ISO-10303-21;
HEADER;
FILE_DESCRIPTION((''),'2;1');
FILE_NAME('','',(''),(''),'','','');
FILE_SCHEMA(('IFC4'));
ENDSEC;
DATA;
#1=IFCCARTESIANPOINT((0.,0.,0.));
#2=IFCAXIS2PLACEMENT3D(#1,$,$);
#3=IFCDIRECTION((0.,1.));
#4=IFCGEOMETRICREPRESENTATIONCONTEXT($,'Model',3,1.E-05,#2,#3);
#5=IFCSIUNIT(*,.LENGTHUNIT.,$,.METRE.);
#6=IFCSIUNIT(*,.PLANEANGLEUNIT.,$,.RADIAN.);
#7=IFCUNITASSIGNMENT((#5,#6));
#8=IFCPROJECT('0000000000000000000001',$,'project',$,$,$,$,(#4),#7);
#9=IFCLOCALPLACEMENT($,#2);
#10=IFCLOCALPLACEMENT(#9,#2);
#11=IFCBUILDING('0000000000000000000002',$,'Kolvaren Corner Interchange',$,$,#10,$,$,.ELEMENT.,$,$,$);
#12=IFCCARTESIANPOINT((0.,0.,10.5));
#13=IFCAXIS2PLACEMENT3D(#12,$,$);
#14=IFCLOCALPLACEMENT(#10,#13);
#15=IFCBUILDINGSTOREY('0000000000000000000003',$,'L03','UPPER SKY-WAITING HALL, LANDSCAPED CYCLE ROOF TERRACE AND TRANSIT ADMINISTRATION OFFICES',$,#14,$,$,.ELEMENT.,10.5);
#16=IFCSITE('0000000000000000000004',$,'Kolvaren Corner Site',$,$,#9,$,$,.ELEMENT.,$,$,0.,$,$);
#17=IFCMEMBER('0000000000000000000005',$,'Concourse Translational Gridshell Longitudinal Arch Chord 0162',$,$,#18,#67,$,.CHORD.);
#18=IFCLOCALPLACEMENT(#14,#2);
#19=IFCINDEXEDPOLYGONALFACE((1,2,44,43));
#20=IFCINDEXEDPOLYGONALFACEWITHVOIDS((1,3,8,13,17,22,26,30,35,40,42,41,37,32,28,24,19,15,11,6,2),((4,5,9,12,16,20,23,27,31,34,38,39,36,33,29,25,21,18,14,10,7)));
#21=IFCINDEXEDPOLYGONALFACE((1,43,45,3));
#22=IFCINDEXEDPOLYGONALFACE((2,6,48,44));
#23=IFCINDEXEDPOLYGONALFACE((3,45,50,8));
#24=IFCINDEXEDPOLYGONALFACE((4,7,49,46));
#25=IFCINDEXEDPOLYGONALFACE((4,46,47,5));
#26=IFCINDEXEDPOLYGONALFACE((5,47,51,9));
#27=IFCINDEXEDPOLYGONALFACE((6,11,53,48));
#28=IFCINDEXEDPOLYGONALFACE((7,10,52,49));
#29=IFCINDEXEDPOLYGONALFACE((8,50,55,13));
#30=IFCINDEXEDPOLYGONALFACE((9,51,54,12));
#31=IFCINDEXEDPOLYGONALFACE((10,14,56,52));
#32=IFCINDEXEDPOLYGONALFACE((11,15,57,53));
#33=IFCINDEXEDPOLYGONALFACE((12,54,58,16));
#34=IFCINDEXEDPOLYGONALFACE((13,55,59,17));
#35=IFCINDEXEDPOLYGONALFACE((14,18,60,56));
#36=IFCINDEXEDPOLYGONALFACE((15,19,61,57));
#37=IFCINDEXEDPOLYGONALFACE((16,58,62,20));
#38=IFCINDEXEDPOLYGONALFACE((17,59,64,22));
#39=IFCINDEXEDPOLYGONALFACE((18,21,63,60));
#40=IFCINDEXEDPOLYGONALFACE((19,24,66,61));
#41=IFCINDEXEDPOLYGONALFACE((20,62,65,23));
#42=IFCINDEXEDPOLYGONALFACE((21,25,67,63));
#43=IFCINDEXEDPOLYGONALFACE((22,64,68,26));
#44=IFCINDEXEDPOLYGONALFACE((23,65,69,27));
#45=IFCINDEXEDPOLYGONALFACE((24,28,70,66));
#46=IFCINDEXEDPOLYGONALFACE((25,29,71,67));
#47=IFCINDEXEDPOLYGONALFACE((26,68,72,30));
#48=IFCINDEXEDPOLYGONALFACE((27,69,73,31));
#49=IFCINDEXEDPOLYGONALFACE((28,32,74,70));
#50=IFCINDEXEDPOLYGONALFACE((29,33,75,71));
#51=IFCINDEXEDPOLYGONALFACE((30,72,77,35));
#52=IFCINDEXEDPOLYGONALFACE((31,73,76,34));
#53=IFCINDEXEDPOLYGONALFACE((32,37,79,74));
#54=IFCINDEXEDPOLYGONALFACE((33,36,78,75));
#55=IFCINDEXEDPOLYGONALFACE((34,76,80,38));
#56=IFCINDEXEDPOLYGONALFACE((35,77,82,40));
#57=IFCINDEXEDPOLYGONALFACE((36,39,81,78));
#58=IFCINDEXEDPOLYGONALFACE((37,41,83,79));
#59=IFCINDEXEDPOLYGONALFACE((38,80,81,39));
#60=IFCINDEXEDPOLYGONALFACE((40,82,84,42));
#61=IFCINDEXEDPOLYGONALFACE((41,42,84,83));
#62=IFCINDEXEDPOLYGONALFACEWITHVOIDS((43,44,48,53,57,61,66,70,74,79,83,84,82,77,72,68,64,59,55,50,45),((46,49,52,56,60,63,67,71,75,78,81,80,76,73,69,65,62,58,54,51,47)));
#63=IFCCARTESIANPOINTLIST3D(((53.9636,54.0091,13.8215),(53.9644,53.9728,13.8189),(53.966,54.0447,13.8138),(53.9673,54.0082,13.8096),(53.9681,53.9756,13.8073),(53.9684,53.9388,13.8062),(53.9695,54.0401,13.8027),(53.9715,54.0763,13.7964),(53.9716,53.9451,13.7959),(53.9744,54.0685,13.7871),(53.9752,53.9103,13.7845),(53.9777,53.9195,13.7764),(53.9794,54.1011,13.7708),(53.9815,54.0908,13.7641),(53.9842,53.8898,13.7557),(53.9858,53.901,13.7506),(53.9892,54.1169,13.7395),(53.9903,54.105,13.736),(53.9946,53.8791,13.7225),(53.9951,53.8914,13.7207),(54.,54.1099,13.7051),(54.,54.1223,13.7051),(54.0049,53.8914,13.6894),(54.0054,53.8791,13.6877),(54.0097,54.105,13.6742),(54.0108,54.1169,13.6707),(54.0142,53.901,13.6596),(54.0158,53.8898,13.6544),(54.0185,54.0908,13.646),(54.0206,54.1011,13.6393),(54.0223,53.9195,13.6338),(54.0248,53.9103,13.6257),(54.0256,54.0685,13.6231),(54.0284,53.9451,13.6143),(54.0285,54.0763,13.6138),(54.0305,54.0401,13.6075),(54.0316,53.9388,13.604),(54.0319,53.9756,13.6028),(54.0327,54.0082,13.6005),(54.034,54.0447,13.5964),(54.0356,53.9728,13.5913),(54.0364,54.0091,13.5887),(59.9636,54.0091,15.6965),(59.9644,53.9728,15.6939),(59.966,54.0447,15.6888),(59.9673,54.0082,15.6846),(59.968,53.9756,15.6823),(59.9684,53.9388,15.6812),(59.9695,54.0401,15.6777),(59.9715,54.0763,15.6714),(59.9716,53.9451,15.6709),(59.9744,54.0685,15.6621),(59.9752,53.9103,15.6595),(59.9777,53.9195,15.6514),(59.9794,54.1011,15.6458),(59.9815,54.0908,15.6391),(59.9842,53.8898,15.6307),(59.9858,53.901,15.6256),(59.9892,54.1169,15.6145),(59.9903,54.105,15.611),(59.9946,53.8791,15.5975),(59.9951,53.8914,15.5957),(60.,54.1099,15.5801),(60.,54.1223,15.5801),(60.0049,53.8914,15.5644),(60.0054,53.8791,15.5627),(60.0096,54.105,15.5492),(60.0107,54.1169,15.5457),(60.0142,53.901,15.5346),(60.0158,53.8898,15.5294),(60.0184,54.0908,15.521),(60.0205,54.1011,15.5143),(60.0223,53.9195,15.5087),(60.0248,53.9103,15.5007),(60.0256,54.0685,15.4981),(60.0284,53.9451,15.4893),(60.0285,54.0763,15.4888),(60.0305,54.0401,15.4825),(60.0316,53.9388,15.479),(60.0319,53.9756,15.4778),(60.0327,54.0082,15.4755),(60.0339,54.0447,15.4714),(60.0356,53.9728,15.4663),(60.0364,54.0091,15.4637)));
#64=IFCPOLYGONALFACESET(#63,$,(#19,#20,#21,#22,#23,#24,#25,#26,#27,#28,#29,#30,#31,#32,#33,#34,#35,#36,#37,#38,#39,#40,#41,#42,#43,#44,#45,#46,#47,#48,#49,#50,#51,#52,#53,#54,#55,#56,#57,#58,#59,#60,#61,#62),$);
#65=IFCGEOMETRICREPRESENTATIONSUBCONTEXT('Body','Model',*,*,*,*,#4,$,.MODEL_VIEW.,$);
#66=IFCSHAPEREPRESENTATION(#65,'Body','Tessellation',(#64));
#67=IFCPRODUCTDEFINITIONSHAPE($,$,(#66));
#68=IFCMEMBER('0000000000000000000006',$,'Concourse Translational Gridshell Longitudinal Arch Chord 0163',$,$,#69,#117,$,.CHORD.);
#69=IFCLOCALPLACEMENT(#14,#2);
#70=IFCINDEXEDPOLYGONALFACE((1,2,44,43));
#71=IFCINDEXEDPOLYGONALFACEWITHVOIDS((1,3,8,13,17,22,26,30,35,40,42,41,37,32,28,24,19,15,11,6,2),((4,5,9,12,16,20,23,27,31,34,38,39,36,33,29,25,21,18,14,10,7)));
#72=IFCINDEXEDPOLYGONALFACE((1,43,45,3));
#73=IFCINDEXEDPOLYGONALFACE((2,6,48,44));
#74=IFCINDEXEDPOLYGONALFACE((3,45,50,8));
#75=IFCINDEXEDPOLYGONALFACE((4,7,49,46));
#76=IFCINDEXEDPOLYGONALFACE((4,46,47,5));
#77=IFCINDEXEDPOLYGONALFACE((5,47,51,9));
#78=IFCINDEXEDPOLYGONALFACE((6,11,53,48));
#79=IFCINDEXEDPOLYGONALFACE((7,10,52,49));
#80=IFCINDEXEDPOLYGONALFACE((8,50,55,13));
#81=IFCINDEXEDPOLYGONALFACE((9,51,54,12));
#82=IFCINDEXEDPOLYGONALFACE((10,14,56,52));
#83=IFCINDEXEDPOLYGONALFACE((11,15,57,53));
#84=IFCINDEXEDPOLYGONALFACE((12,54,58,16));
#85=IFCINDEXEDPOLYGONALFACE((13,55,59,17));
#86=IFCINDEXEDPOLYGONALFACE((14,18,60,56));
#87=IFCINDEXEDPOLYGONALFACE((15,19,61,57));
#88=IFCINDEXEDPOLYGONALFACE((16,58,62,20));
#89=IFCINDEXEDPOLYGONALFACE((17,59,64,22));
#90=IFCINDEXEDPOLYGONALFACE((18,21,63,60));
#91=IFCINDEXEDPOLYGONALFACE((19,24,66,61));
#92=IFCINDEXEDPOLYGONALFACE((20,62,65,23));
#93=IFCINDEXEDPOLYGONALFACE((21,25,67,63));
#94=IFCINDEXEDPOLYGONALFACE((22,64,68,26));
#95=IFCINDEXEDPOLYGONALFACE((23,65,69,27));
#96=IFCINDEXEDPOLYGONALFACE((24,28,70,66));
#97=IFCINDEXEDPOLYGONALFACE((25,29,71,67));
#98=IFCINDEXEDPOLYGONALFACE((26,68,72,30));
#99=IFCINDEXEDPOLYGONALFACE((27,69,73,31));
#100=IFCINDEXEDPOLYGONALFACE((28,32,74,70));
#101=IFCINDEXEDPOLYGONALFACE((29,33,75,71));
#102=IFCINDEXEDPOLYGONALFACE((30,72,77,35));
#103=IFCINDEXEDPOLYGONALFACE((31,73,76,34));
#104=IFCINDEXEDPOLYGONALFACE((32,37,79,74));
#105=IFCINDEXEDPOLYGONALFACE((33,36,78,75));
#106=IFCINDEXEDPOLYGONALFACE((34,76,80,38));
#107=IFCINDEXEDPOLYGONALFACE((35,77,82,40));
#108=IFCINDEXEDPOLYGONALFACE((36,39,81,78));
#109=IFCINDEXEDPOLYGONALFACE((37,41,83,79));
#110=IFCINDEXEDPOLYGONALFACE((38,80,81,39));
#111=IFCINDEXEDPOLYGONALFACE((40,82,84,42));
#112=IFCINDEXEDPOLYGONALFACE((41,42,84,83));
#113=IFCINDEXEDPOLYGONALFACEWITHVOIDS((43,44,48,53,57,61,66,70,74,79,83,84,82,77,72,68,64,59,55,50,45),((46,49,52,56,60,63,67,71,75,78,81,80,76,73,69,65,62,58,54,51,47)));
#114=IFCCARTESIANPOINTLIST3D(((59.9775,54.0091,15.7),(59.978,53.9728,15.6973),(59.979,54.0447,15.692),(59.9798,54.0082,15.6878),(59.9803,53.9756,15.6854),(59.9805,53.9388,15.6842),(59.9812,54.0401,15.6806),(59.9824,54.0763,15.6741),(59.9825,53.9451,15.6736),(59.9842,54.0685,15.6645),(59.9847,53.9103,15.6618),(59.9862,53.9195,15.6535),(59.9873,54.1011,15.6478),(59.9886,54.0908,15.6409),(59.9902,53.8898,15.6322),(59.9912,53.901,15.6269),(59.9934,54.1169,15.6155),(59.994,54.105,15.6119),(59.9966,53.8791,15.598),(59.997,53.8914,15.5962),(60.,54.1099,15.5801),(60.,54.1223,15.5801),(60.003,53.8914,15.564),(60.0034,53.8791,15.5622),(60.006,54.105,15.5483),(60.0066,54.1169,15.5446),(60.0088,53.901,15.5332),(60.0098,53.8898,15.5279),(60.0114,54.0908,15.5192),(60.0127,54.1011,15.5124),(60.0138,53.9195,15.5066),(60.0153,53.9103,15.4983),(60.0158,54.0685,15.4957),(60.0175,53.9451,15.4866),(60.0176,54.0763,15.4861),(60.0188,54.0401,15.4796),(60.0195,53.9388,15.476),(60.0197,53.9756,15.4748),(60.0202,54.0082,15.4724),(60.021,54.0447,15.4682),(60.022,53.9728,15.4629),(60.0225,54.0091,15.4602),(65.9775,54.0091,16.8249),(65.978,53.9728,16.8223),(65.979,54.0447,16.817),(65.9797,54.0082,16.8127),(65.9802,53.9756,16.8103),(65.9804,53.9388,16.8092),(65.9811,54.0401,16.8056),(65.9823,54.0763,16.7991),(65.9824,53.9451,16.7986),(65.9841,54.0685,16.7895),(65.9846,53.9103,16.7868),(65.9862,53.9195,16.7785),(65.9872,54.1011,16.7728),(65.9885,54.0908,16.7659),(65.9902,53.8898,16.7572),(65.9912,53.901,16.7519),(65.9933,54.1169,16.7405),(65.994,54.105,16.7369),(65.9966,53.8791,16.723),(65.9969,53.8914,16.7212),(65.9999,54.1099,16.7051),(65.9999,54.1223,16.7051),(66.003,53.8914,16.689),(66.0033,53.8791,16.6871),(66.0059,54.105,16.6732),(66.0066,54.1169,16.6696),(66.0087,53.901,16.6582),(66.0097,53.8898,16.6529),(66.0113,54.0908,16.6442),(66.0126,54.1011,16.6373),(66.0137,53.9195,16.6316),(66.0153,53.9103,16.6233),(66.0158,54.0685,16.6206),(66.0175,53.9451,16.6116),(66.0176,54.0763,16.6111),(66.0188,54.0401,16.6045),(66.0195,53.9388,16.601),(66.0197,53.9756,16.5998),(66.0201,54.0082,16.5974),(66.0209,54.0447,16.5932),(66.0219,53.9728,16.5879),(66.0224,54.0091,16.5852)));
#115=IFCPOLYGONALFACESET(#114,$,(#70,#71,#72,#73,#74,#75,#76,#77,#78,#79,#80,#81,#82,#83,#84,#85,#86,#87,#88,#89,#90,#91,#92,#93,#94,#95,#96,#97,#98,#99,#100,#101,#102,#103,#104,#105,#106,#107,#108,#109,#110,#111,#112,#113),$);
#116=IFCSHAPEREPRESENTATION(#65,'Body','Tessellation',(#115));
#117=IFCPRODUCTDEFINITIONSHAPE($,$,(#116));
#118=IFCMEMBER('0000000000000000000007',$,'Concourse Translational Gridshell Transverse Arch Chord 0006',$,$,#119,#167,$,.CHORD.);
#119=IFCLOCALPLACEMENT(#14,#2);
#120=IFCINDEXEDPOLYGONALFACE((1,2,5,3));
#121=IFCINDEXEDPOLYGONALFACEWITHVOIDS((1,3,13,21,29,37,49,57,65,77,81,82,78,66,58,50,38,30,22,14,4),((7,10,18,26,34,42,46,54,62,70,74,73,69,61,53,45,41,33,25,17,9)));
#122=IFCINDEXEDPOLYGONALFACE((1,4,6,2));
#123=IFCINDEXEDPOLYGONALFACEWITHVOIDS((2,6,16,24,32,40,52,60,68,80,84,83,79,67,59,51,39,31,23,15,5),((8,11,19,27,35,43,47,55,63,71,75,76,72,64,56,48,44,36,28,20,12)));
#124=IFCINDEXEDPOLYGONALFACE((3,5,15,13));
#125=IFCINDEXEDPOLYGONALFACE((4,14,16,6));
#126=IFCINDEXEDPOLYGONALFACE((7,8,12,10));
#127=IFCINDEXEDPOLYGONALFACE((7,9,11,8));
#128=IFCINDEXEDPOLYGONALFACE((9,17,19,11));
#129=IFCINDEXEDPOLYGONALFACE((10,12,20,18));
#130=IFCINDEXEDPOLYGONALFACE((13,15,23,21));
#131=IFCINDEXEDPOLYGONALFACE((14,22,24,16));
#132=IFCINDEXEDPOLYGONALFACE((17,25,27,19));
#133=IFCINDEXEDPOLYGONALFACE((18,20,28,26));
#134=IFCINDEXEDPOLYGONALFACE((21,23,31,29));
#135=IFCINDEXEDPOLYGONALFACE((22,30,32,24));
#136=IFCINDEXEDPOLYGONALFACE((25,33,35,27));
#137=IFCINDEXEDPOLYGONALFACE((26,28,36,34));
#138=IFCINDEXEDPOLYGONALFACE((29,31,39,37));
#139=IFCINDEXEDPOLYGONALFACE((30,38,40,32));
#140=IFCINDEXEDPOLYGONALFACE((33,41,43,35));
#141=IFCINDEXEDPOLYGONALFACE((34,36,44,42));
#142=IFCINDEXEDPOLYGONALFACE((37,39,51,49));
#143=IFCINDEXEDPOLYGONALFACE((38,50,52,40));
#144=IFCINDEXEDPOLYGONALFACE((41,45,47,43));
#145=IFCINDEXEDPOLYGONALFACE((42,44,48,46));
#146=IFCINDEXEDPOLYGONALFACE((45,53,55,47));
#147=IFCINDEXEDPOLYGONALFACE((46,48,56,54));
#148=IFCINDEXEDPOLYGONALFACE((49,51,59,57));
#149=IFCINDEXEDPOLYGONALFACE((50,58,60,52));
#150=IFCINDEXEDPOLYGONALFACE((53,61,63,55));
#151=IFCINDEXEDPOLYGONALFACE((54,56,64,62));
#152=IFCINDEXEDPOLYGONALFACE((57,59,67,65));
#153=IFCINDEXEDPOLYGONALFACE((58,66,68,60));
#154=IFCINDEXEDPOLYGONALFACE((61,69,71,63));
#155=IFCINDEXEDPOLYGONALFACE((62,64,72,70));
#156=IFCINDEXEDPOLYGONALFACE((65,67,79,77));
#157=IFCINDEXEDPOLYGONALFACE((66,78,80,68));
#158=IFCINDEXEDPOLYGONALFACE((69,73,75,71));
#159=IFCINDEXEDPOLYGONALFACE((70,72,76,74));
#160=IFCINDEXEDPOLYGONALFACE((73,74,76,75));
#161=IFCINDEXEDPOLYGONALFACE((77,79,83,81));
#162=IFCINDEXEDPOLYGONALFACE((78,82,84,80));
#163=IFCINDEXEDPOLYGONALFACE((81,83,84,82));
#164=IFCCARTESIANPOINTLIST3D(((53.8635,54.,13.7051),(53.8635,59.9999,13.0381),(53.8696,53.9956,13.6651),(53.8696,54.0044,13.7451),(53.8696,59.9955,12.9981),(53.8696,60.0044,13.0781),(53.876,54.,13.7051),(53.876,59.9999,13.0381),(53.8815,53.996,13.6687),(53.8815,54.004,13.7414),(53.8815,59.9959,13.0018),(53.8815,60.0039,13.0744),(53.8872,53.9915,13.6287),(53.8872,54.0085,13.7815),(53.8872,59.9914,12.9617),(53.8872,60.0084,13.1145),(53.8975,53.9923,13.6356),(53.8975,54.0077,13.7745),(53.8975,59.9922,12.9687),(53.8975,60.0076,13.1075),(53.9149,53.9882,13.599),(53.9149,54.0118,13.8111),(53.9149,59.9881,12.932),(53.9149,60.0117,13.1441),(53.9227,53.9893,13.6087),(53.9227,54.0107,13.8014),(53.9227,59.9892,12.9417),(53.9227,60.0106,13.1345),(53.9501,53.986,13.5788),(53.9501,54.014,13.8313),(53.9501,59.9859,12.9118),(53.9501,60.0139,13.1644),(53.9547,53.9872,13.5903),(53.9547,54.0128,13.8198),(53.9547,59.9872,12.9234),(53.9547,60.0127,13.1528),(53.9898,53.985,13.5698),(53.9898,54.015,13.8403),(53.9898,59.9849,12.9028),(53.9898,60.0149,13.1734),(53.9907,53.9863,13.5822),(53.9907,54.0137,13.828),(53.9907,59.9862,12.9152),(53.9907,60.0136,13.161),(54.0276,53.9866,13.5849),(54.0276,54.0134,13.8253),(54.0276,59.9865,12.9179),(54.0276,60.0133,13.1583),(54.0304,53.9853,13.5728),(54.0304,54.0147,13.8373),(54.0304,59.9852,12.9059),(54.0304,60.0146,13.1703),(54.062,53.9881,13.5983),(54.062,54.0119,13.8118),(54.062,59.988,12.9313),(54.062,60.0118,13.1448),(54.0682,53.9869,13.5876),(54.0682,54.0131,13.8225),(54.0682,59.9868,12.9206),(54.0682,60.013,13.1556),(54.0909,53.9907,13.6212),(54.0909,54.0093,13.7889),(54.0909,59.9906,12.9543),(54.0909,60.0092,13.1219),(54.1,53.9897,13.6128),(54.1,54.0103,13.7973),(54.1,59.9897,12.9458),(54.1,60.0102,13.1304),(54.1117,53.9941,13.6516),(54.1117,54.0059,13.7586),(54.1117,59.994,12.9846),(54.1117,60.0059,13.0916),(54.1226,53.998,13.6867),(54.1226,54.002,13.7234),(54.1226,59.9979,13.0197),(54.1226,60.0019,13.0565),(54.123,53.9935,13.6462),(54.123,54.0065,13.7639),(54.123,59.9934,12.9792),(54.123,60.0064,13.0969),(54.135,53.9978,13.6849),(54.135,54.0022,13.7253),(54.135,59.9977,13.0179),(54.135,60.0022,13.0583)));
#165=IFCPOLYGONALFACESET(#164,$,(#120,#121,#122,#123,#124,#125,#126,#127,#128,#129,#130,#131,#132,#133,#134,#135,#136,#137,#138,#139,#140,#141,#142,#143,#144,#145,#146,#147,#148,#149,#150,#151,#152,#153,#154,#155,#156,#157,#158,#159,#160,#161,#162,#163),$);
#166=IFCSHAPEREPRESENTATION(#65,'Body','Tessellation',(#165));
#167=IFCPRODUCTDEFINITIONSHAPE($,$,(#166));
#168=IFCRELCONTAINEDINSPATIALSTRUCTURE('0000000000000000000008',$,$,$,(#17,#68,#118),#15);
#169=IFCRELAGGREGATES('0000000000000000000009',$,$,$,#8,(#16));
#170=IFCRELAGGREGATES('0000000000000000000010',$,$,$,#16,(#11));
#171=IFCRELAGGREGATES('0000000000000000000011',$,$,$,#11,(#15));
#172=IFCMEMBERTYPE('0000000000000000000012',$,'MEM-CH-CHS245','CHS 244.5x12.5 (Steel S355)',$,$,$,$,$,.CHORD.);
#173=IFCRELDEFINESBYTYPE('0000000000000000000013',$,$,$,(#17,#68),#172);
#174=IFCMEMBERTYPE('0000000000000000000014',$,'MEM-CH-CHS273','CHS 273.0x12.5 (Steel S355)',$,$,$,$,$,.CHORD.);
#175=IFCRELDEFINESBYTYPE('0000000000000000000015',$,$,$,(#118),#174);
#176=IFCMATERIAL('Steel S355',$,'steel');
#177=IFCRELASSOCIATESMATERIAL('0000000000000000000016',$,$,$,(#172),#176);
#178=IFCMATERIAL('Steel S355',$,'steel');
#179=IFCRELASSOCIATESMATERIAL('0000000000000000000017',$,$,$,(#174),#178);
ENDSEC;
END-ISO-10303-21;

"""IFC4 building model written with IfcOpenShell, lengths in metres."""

from ifc_helpers import new_model, si_unit, direction, frame, origin, origin_2d, place, context, subcontext, project, spatial, hollow_circle, extrude, material, material_profile, profile_set, type_object, element, save


model = new_model("IFC4")

# Units and contexts
model_context = context("Model", 3, precision=1e-05, world=origin(), true_north=direction((0.0, 1.0)))
body_context = subcontext(model_context, "Body", "Model", "MODEL_VIEW")
ifc_project = project(units=[si_unit("LENGTHUNIT", "METRE"), si_unit("PLANEANGLEUNIT", "RADIAN")], contexts=[model_context])

# Site, building, storey
site_placement = place(None, origin())
site = spatial("IfcSite", under=ifc_project, at=site_placement, Name="Kolvaren Corner Site", CompositionType="ELEMENT", RefElevation=0.0)
building_placement = place(site_placement, origin())
building = spatial("IfcBuilding", under=site, at=building_placement, Name="Kolvaren Corner Interchange", CompositionType="ELEMENT")
storey_placement = place(building_placement, frame((0.0, 0.0, 10.5)))
storey = spatial("IfcBuildingStorey", under=building, at=storey_placement, Name="L03", Description="UPPER SKY-WAITING HALL, LANDSCAPED CYCLE ROOF TERRACE AND TRANSIT ADMINISTRATION OFFICES", CompositionType="ELEMENT", Elevation=10.5)

# Members
ifc_material_1 = material(Name="Steel S355", Category="steel")
ifc_material_profile_1 = material_profile(ifc_material_1, hollow_circle(Radius=0.1223, WallThickness=0.0125, at=origin_2d()), Name="CHS 244.5x12.5")
ifc_profile_set_1 = profile_set([ifc_material_profile_1], Name="Steel S355")
member_type_1 = type_object("IfcMemberType", Name="MEM-CH-CHS245", Description="CHS 244.5x12.5 (Steel S355)", PredefinedType="CHORD", material=ifc_profile_set_1)
member_1_placement = place(storey_placement, frame((54.0, 54.0, 13.7051), z_axis=(0.95448, 0.0, 0.298275), x_axis=(0.0, 1.0, 0.0)))
element("IfcMember", 1, at=member_1_placement, inside=storey, type_object=member_type_1, Name="Concourse Translational Gridshell Longitudinal Arch Chord 0162", PredefinedType="CHORD", context=body_context, shape_type="SweptSolid", body=[
    extrude(hollow_circle(Radius=0.1223, WallThickness=0.0125, at=origin_2d()), origin(), (0.0, 0.0, 1.0), 6.2861),
])
member_2_placement = place(storey_placement, frame((60.0, 54.0, 15.5801), z_axis=(0.982872, 0.0, 0.184289), x_axis=(0.0, 1.0, 0.0)))
element("IfcMember", 2, at=member_2_placement, inside=storey, type_object=member_type_1, Name="Concourse Translational Gridshell Longitudinal Arch Chord 0163", PredefinedType="CHORD", context=body_context, shape_type="SweptSolid", body=[
    extrude(hollow_circle(Radius=0.1223, WallThickness=0.0125, at=origin_2d()), origin(), (0.0, 0.0, 1.0), 6.1045),
])
ifc_material_2 = material(Name="Steel S355", Category="steel")
ifc_material_profile_2 = material_profile(ifc_material_2, hollow_circle(Radius=0.1365, WallThickness=0.0125, at=origin_2d()), Name="CHS 273.0x12.5")
ifc_profile_set_2 = profile_set([ifc_material_profile_2], Name="Steel S355")
member_type_2 = type_object("IfcMemberType", Name="MEM-CH-CHS273", Description="CHS 273.0x12.5 (Steel S355)", PredefinedType="CHORD", material=ifc_profile_set_2)
for number, where, z_axis, x_axis, name in (
    (3, (54.0, 54.0, 13.7051), (0.0, 0.993878, -0.110485), (-1.0, 0.0, 0.0), "Concourse Translational Gridshell Transverse Arch Chord 0006"),
):
    element("IfcMember", number, at=place(storey_placement, frame(where, z_axis=z_axis, x_axis=x_axis)), inside=storey, type_object=member_type_2, Name=name, PredefinedType="CHORD", context=body_context, shape_type="SweptSolid", body=[
        extrude(hollow_circle(Radius=0.1365, WallThickness=0.0125, at=origin_2d()), origin(), (0.0, 0.0, 1.0), 6.0369),
    ])

save(model, "model.ifc")
